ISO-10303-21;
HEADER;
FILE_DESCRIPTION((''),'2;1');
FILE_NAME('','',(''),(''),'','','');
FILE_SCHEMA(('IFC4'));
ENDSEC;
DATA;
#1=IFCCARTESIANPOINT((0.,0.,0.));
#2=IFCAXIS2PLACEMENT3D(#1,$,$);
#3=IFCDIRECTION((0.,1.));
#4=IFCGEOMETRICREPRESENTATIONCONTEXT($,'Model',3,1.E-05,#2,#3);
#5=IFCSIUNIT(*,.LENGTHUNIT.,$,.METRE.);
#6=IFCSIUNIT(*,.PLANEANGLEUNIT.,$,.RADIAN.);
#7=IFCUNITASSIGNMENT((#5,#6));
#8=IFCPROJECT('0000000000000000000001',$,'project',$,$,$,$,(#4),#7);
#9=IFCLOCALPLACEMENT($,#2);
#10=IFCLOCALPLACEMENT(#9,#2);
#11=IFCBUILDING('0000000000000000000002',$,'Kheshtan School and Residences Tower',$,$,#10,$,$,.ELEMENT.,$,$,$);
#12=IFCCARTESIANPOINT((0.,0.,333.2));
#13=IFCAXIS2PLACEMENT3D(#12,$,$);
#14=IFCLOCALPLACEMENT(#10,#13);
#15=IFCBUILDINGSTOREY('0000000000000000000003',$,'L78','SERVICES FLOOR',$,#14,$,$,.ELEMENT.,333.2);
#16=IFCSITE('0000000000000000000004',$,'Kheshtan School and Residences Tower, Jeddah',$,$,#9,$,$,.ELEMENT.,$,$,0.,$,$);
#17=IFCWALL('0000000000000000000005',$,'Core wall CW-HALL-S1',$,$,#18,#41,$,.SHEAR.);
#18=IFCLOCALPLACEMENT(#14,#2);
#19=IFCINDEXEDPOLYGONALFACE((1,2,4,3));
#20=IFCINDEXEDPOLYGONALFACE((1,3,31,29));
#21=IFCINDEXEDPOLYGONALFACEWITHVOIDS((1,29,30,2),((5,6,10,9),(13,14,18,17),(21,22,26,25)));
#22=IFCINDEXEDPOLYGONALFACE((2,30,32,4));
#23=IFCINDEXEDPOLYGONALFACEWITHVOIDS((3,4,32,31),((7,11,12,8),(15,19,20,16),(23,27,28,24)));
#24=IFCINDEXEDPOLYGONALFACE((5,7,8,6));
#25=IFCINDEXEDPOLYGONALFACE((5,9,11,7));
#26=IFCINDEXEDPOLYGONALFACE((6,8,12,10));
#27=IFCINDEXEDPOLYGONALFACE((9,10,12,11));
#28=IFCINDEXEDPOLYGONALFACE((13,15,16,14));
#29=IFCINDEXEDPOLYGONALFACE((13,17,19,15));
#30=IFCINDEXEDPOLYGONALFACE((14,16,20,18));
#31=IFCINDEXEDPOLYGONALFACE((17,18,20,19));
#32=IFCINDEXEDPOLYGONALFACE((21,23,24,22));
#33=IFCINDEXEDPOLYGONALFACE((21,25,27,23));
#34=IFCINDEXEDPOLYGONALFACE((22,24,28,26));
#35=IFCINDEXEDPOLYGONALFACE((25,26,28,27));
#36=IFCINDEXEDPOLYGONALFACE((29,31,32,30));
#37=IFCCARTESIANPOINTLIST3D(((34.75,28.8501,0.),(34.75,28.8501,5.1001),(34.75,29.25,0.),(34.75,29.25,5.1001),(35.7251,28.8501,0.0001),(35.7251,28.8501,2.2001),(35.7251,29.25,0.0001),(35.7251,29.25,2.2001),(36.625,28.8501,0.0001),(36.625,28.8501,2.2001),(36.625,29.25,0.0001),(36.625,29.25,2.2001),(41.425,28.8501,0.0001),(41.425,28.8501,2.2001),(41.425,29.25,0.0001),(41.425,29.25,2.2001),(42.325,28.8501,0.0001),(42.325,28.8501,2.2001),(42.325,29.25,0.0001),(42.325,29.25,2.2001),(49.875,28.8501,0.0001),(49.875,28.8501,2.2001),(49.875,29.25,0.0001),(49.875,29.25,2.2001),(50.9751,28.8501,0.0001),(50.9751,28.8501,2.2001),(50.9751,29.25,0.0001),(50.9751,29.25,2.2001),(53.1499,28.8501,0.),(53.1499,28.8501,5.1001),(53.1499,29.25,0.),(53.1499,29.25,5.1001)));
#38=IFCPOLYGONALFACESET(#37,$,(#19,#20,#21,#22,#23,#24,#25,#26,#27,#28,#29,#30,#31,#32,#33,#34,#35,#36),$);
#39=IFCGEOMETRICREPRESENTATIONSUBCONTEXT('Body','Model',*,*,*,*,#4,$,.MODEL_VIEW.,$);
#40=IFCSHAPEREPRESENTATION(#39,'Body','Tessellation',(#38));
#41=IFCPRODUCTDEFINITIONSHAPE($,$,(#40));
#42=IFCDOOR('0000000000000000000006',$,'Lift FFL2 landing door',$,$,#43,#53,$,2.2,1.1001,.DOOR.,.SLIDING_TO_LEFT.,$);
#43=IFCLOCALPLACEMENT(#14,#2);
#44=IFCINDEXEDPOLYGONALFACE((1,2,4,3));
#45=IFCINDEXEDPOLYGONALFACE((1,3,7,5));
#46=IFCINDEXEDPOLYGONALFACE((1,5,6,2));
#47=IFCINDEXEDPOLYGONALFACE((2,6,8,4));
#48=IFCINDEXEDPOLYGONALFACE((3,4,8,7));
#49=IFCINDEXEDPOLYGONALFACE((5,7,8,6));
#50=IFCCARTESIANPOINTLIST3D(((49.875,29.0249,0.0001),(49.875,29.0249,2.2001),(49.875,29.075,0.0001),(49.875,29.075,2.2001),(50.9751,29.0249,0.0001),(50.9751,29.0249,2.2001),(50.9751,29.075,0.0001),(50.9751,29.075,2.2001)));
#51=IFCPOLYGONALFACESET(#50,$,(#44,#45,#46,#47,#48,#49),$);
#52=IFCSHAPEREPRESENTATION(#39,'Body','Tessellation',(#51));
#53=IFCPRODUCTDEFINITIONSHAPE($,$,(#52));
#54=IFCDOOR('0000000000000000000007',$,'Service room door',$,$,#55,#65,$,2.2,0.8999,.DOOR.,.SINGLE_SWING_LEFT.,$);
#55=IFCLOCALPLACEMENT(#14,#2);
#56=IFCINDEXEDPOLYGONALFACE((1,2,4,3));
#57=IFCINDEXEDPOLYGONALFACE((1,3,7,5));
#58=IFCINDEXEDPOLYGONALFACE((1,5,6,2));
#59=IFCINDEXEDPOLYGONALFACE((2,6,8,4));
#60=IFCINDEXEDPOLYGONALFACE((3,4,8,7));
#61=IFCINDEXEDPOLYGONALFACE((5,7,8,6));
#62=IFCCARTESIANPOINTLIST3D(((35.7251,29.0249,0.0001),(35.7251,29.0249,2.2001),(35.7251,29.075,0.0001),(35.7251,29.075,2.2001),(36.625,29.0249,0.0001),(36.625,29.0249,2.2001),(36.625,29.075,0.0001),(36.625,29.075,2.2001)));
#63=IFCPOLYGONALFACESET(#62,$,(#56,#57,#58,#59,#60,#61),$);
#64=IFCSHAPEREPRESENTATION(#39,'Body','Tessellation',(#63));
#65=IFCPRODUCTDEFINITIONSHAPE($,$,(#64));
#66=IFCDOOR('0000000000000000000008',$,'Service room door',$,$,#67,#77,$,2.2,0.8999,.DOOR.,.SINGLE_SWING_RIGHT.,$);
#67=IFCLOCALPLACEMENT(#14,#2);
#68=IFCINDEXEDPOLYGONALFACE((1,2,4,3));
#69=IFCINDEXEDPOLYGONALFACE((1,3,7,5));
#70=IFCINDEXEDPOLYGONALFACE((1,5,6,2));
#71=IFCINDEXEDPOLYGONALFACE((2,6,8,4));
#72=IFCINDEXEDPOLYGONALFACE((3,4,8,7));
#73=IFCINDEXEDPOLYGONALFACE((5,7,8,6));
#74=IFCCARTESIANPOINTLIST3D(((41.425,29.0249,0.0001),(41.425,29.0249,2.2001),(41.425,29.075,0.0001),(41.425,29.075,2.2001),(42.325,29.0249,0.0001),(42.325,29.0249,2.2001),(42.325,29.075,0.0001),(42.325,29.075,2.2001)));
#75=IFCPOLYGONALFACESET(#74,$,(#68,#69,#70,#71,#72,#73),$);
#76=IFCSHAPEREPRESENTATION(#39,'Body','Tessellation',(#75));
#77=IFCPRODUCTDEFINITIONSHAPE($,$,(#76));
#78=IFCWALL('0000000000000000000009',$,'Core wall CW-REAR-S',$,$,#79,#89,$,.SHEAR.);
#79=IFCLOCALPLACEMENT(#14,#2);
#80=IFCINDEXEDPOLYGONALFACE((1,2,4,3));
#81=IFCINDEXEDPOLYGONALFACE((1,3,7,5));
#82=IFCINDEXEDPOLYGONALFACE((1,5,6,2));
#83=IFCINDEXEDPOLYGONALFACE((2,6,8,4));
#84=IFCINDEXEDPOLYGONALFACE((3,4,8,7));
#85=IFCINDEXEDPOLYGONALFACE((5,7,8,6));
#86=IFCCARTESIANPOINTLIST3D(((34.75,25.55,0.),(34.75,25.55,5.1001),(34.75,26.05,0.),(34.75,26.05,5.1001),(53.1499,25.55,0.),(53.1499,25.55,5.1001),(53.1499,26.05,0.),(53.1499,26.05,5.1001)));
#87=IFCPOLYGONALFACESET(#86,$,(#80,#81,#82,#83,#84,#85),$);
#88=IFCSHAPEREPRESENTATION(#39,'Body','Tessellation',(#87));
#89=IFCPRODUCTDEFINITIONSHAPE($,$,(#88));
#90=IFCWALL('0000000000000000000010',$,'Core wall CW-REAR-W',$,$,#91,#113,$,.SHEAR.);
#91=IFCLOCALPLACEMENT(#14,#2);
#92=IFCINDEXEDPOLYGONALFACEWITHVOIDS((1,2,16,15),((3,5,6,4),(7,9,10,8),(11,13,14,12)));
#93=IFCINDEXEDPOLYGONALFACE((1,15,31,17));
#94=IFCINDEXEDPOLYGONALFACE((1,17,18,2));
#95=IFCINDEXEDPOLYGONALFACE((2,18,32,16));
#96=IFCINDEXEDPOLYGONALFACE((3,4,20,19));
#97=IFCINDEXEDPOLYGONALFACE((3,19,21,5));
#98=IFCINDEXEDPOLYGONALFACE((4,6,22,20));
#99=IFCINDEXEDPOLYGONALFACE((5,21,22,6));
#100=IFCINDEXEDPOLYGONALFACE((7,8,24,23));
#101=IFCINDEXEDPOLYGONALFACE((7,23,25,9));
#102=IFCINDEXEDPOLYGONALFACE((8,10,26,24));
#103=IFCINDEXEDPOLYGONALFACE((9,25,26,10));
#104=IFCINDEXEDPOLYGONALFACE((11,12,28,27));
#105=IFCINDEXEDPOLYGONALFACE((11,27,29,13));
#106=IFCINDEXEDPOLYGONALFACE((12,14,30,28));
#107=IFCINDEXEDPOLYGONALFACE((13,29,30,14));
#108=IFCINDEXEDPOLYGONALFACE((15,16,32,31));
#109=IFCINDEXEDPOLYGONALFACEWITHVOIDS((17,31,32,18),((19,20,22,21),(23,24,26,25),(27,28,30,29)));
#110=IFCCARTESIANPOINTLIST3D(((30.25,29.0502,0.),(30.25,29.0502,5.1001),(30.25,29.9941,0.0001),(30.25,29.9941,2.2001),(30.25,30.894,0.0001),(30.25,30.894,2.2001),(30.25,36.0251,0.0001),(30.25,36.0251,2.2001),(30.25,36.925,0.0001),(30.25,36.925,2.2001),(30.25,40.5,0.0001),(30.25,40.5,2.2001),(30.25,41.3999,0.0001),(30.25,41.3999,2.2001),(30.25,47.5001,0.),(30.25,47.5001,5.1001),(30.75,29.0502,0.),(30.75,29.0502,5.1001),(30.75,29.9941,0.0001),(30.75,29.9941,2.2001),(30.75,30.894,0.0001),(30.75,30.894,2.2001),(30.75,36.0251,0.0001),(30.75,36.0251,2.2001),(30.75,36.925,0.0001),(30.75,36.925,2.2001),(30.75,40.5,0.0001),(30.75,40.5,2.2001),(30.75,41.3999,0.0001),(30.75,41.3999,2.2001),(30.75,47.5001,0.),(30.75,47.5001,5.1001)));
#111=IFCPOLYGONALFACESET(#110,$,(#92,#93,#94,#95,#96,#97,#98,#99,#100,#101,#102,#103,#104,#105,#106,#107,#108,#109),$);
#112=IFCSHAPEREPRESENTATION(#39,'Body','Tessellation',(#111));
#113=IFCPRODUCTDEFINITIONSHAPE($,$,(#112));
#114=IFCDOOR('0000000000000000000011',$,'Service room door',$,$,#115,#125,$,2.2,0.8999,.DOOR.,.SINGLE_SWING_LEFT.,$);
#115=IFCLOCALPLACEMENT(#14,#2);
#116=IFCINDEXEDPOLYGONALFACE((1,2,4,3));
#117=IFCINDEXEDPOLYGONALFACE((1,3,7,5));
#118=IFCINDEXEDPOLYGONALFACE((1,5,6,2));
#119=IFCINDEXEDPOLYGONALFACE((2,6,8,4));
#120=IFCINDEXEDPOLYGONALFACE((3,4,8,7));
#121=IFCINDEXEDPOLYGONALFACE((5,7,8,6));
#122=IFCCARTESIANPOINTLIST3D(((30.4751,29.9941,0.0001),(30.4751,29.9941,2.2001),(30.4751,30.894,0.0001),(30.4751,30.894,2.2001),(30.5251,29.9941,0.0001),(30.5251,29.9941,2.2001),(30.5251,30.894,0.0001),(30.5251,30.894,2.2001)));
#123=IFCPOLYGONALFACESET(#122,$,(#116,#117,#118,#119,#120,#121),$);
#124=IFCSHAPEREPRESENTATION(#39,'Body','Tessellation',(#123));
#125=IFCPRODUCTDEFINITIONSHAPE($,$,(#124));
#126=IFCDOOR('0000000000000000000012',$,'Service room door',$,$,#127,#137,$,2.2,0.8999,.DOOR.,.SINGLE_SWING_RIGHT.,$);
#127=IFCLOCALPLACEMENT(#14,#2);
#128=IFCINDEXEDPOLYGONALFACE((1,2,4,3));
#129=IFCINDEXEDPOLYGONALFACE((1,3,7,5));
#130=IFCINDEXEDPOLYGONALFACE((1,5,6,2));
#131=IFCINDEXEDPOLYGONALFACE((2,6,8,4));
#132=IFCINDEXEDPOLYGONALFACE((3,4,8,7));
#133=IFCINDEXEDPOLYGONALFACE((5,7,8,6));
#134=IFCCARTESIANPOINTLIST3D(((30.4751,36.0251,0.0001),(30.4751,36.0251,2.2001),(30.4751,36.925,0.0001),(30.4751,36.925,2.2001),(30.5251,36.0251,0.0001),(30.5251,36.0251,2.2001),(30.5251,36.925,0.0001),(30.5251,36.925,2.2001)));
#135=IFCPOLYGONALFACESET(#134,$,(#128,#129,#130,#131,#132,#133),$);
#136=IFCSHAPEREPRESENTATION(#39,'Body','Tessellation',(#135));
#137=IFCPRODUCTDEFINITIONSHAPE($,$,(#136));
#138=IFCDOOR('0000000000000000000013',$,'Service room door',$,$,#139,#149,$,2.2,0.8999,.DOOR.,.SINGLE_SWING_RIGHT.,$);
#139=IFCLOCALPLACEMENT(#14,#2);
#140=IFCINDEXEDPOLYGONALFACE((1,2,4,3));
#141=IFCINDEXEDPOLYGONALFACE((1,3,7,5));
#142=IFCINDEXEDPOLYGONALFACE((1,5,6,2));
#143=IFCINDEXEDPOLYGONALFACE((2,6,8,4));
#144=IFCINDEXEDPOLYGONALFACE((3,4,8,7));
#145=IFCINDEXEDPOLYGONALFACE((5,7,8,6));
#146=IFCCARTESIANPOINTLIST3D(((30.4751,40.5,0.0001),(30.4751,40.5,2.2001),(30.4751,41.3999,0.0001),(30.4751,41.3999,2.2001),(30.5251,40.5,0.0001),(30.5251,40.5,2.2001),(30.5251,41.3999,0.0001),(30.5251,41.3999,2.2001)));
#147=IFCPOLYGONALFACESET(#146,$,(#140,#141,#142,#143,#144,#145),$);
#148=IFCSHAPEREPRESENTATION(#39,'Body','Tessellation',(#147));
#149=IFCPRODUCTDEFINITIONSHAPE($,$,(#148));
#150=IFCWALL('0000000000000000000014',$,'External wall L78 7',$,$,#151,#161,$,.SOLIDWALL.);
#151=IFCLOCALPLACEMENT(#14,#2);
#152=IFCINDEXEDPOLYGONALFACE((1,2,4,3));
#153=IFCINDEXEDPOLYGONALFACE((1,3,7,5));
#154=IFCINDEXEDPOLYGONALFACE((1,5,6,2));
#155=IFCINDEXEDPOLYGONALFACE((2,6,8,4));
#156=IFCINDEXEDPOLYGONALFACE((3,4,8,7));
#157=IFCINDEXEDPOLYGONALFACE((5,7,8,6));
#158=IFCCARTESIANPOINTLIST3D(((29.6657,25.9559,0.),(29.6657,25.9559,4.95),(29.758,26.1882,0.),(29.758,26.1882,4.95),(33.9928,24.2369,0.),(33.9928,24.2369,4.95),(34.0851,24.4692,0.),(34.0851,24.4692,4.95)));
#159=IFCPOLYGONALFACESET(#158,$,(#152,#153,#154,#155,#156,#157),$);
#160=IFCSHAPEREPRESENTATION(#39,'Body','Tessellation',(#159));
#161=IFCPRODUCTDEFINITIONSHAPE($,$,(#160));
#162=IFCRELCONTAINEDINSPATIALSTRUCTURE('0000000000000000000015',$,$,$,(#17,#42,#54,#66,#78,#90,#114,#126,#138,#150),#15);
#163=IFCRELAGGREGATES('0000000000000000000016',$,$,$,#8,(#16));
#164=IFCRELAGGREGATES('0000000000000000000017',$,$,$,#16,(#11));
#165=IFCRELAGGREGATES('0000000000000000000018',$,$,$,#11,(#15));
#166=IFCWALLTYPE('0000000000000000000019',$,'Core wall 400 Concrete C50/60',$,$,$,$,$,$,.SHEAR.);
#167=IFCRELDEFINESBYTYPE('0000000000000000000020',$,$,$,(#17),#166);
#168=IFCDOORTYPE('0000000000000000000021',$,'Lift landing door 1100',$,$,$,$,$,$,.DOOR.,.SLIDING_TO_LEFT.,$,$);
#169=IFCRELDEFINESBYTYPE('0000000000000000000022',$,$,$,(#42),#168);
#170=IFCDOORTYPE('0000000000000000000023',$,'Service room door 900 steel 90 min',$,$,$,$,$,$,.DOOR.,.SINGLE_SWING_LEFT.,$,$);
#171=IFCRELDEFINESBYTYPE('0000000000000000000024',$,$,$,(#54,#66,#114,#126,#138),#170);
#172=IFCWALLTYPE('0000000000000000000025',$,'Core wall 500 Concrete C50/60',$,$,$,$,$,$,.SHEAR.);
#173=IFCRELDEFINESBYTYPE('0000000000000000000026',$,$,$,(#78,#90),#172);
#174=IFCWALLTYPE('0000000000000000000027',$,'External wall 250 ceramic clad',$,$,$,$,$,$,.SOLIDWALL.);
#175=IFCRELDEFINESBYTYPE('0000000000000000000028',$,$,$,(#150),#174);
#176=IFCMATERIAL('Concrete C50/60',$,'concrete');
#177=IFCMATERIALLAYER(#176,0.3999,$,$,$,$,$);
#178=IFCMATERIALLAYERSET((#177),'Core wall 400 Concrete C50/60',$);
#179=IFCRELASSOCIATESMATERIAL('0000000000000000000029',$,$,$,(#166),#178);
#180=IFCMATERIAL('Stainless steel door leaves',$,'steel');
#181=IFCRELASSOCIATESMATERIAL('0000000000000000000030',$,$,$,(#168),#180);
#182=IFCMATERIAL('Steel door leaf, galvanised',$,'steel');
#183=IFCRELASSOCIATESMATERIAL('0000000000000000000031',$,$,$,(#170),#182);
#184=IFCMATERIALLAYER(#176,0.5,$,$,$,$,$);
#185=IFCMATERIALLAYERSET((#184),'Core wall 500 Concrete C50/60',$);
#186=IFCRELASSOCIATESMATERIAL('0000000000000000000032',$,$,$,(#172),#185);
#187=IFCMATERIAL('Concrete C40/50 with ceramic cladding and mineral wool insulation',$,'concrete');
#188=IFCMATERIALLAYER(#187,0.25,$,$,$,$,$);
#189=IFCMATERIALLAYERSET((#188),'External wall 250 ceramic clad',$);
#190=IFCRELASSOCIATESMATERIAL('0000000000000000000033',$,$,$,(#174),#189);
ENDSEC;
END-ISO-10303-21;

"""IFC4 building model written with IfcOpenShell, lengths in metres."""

from ifc_helpers import new_model, si_unit, direction, frame, frame_2d, origin, place, context, subcontext, project, spatial, rectangle, extrude, source, transform, mapped, material, layer, layer_set, type_object, element, fill, save


model = new_model("IFC4")

# Units and contexts
model_context = context("Model", 3, precision=1e-05, world=origin(), true_north=direction((0.0, 1.0)))
body_context = subcontext(model_context, "Body", "Model", "MODEL_VIEW")
ifc_project = project(units=[si_unit("LENGTHUNIT", "METRE"), si_unit("PLANEANGLEUNIT", "RADIAN")], contexts=[model_context])

# Site, building, storey
site_placement = place(None, origin())
site = spatial("IfcSite", under=ifc_project, at=site_placement, Name="Kheshtan School and Residences Tower, Jeddah", CompositionType="ELEMENT", RefElevation=0.0)
building_placement = place(site_placement, origin())
building = spatial("IfcBuilding", under=site, at=building_placement, Name="Kheshtan School and Residences Tower", CompositionType="ELEMENT")
storey_placement = place(building_placement, frame((0.0, 0.0, 333.2)))
storey = spatial("IfcBuildingStorey", under=building, at=storey_placement, Name="L78", Description="SERVICES FLOOR", CompositionType="ELEMENT", Elevation=333.2)

# Wall, openings, doors
ifc_material_1 = material(Name="Concrete C50/60", Category="concrete")
ifc_layer_1 = layer(ifc_material_1, 0.3999)
ifc_layer_set_1 = layer_set([ifc_layer_1], Name="Core wall 400 Concrete C50/60")
wall_type_1 = type_object("IfcWallType", Name="Core wall 400 Concrete C50/60", PredefinedType="SHEAR", material=ifc_layer_set_1)
wall_1_placement = place(storey_placement, frame((34.75, 29.05, 0.0), z_axis=(0.0, 0.0, 1.0), x_axis=(1.0, 0.0, 0.0)))
wall_1 = element("IfcWall", 1, at=wall_1_placement, inside=storey, type_object=wall_type_1, Name="Core wall CW-HALL-S1", PredefinedType="SHEAR", context=body_context, shape_type="SweptSolid", body=[
    extrude(rectangle(XDim=18.3999, YDim=0.3999, at=frame_2d((9.2, 0.0))), origin(), (0.0, 0.0, 1.0), 5.1001),
])
opening_1_placement = place(wall_1_placement, frame((15.125, 0.0, 0.0)))
opening_1 = element("IfcOpeningElement", 2, at=opening_1_placement, cuts=wall_1, PredefinedType="OPENING", context=body_context, shape_type="SweptSolid", body=[
    extrude(rectangle(XDim=1.1001, YDim=2.2, at=frame_2d((0.55, 1.1001))), frame((0.0, 0.21, 0.0), z_axis=(0.0, -1.0, 0.0), x_axis=(1.0, 0.0, 0.0)), (0.0, 0.0, 1.0), 0.4199),
])
opening_2_placement = place(wall_1_placement, frame((0.9751, 0.0, 0.0)))
opening_2 = element("IfcOpeningElement", 3, at=opening_2_placement, cuts=wall_1, PredefinedType="OPENING", context=body_context, shape_type="SweptSolid", body=[
    extrude(rectangle(XDim=0.8999, YDim=2.2, at=frame_2d((0.45, 1.1001))), frame((0.0, 0.21, 0.0), z_axis=(0.0, -1.0, 0.0), x_axis=(1.0, 0.0, 0.0)), (0.0, 0.0, 1.0), 0.4199),
])
opening_3_placement = place(wall_1_placement, frame((6.675, 0.0, 0.0)))
opening_3 = element("IfcOpeningElement", 4, at=opening_3_placement, cuts=wall_1, PredefinedType="OPENING", context=body_context, shape_type="SweptSolid", body=[
    extrude(rectangle(XDim=0.8999, YDim=2.2, at=frame_2d((0.45, 1.1001))), frame((0.0, 0.21, 0.0), z_axis=(0.0, -1.0, 0.0), x_axis=(1.0, 0.0, 0.0)), (0.0, 0.0, 1.0), 0.4199),
])
ifc_material_2 = material(Name="Stainless steel door leaves", Category="steel")
door_type_1 = type_object("IfcDoorType", Name="Lift landing door 1100", OperationType="SLIDING_TO_LEFT", PredefinedType="DOOR", material=ifc_material_2)
shared_shape_1 = source(origin(), body_context, "Body", "SweptSolid", [
    extrude(rectangle(XDim=1.1001, YDim=2.2, at=frame_2d((0.55, 1.1001))), frame((0.0, 0.0249, 0.0), z_axis=(0.0, -1.0, 0.0), x_axis=(1.0, 0.0, 0.0)), (0.0, 0.0, 1.0), 0.05),
])
door_1_placement = place(opening_1_placement, origin())
door_1 = element("IfcDoor", 5, at=door_1_placement, inside=storey, type_object=door_type_1, Name="Lift FFL2 landing door", OperationType="SLIDING_TO_LEFT", OverallHeight=2.2, OverallWidth=1.1001, PredefinedType="DOOR", context=body_context, shape_type="MappedRepresentation", body=[
    mapped(shared_shape_1, transform((0.0, 0.0, 0.0), x_axis=(1.0, 0.0, 0.0), y_axis=(0.0, 1.0, 0.0), z_axis=(0.0, 0.0, 1.0), scale=1.0)),
])
fill(opening_1, door_1)
ifc_material_3 = material(Name="Steel door leaf, galvanised", Category="steel")
door_type_2 = type_object("IfcDoorType", Name="Service room door 900 steel 90 min", OperationType="SINGLE_SWING_LEFT", PredefinedType="DOOR", material=ifc_material_3)
shared_shape_2 = source(origin(), body_context, "Body", "SweptSolid", [
    extrude(rectangle(XDim=0.8999, YDim=2.2, at=frame_2d((0.45, 1.1001))), frame((0.0, 0.0249, 0.0), z_axis=(0.0, -1.0, 0.0), x_axis=(1.0, 0.0, 0.0)), (0.0, 0.0, 1.0), 0.05),
])
door_2_placement = place(opening_2_placement, origin())
door_2 = element("IfcDoor", 6, at=door_2_placement, inside=storey, type_object=door_type_2, Name="Service room door", OperationType="SINGLE_SWING_LEFT", OverallHeight=2.2, OverallWidth=0.8999, PredefinedType="DOOR", context=body_context, shape_type="MappedRepresentation", body=[
    mapped(shared_shape_2, transform((0.0, 0.0, 0.0), x_axis=(1.0, 0.0, 0.0), y_axis=(0.0, 1.0, 0.0), z_axis=(0.0, 0.0, 1.0), scale=1.0)),
])
fill(opening_2, door_2)
door_3_placement = place(opening_3_placement, origin())
door_3 = element("IfcDoor", 7, at=door_3_placement, inside=storey, type_object=door_type_2, Name="Service room door", OperationType="SINGLE_SWING_RIGHT", OverallHeight=2.2, OverallWidth=0.8999, PredefinedType="DOOR", context=body_context, shape_type="MappedRepresentation", body=[
    mapped(shared_shape_2, transform((0.0, 0.0, 0.0), x_axis=(1.0, 0.0, 0.0), y_axis=(0.0, 1.0, 0.0), z_axis=(0.0, 0.0, 1.0), scale=1.0)),
])
fill(opening_3, door_3)

# Wall
ifc_layer_2 = layer(ifc_material_1, 0.5)
ifc_layer_set_2 = layer_set([ifc_layer_2], Name="Core wall 500 Concrete C50/60")
wall_type_2 = type_object("IfcWallType", Name="Core wall 500 Concrete C50/60", PredefinedType="SHEAR", material=ifc_layer_set_2)
wall_2_placement = place(storey_placement, frame((34.75, 25.8, 0.0), z_axis=(0.0, 0.0, 1.0), x_axis=(1.0, 0.0, 0.0)))
element("IfcWall", 8, at=wall_2_placement, inside=storey, type_object=wall_type_2, Name="Core wall CW-REAR-S", PredefinedType="SHEAR", context=body_context, shape_type="SweptSolid", body=[
    extrude(rectangle(XDim=18.3999, YDim=0.5, at=frame_2d((9.2, 0.0))), origin(), (0.0, 0.0, 1.0), 5.1001),
])

# Wall, openings, doors
wall_3_placement = place(storey_placement, frame((30.5, 29.05, 0.0), z_axis=(0.0, 0.0, 1.0), x_axis=(0.0, 1.0, 0.0)))
wall_3 = element("IfcWall", 9, at=wall_3_placement, inside=storey, type_object=wall_type_2, Name="Core wall CW-REAR-W", PredefinedType="SHEAR", context=body_context, shape_type="SweptSolid", body=[
    extrude(rectangle(XDim=18.45, YDim=0.5, at=frame_2d((9.2251, 0.0))), origin(), (0.0, 0.0, 1.0), 5.1001),
])
opening_4_placement = place(wall_3_placement, frame((0.9441, 0.0, 0.0)))
opening_4 = element("IfcOpeningElement", 10, at=opening_4_placement, cuts=wall_3, PredefinedType="OPENING", context=body_context, shape_type="SweptSolid", body=[
    extrude(rectangle(XDim=0.8999, YDim=2.2, at=frame_2d((0.45, 1.1001))), frame((0.0, 0.26, 0.0), z_axis=(0.0, -1.0, 0.0), x_axis=(1.0, 0.0, 0.0)), (0.0, 0.0, 1.0), 0.52),
])
opening_5_placement = place(wall_3_placement, frame((6.9751, 0.0, 0.0)))
opening_5 = element("IfcOpeningElement", 11, at=opening_5_placement, cuts=wall_3, PredefinedType="OPENING", context=body_context, shape_type="SweptSolid", body=[
    extrude(rectangle(XDim=0.8999, YDim=2.2, at=frame_2d((0.45, 1.1001))), frame((0.0, 0.26, 0.0), z_axis=(0.0, -1.0, 0.0), x_axis=(1.0, 0.0, 0.0)), (0.0, 0.0, 1.0), 0.52),
])
opening_6_placement = place(wall_3_placement, frame((11.45, 0.0, 0.0)))
opening_6 = element("IfcOpeningElement", 12, at=opening_6_placement, cuts=wall_3, PredefinedType="OPENING", context=body_context, shape_type="SweptSolid", body=[
    extrude(rectangle(XDim=0.8999, YDim=2.2, at=frame_2d((0.45, 1.1001))), frame((0.0, 0.26, 0.0), z_axis=(0.0, -1.0, 0.0), x_axis=(1.0, 0.0, 0.0)), (0.0, 0.0, 1.0), 0.52),
])
door_4_placement = place(opening_4_placement, origin())
door_4 = element("IfcDoor", 13, at=door_4_placement, inside=storey, type_object=door_type_2, Name="Service room door", OperationType="SINGLE_SWING_LEFT", OverallHeight=2.2, OverallWidth=0.8999, PredefinedType="DOOR", context=body_context, shape_type="MappedRepresentation", body=[
    mapped(shared_shape_2, transform((0.0, 0.0, 0.0), x_axis=(1.0, 0.0, 0.0), y_axis=(0.0, 1.0, 0.0), z_axis=(0.0, 0.0, 1.0), scale=1.0)),
])
fill(opening_4, door_4)
door_5_placement = place(opening_5_placement, origin())
door_5 = element("IfcDoor", 14, at=door_5_placement, inside=storey, type_object=door_type_2, Name="Service room door", OperationType="SINGLE_SWING_RIGHT", OverallHeight=2.2, OverallWidth=0.8999, PredefinedType="DOOR", context=body_context, shape_type="MappedRepresentation", body=[
    mapped(shared_shape_2, transform((0.0, 0.0, 0.0), x_axis=(1.0, 0.0, 0.0), y_axis=(0.0, 1.0, 0.0), z_axis=(0.0, 0.0, 1.0), scale=1.0)),
])
fill(opening_5, door_5)
door_6_placement = place(opening_6_placement, origin())
door_6 = element("IfcDoor", 15, at=door_6_placement, inside=storey, type_object=door_type_2, Name="Service room door", OperationType="SINGLE_SWING_RIGHT", OverallHeight=2.2, OverallWidth=0.8999, PredefinedType="DOOR", context=body_context, shape_type="MappedRepresentation", body=[
    mapped(shared_shape_2, transform((0.0, 0.0, 0.0), x_axis=(1.0, 0.0, 0.0), y_axis=(0.0, 1.0, 0.0), z_axis=(0.0, 0.0, 1.0), scale=1.0)),
])
fill(opening_6, door_6)

# Wall
ifc_material_4 = material(Name="Concrete C40/50 with ceramic cladding and mineral wool insulation", Category="concrete")
ifc_layer_3 = layer(ifc_material_4, 0.25)
ifc_layer_set_3 = layer_set([ifc_layer_3], Name="External wall 250 ceramic clad")
wall_type_3 = type_object("IfcWallType", Name="External wall 250 ceramic clad", PredefinedType="SOLIDWALL", material=ifc_layer_set_3)
wall_4_placement = place(storey_placement, frame((34.0391, 24.353, 0.0), z_axis=(0.0, 0.0, 1.0), x_axis=(-0.929353, 0.369193, 0.0)))
element("IfcWall", 16, at=wall_4_placement, inside=storey, type_object=wall_type_3, Name="External wall L78 7", PredefinedType="SOLIDWALL", context=body_context, shape_type="SweptSolid", body=[
    extrude(rectangle(XDim=4.656, YDim=0.25, at=frame_2d((2.3281, 0.0))), origin(), (0.0, 0.0, 1.0), 4.95),
])

save(model, "model.ifc")
